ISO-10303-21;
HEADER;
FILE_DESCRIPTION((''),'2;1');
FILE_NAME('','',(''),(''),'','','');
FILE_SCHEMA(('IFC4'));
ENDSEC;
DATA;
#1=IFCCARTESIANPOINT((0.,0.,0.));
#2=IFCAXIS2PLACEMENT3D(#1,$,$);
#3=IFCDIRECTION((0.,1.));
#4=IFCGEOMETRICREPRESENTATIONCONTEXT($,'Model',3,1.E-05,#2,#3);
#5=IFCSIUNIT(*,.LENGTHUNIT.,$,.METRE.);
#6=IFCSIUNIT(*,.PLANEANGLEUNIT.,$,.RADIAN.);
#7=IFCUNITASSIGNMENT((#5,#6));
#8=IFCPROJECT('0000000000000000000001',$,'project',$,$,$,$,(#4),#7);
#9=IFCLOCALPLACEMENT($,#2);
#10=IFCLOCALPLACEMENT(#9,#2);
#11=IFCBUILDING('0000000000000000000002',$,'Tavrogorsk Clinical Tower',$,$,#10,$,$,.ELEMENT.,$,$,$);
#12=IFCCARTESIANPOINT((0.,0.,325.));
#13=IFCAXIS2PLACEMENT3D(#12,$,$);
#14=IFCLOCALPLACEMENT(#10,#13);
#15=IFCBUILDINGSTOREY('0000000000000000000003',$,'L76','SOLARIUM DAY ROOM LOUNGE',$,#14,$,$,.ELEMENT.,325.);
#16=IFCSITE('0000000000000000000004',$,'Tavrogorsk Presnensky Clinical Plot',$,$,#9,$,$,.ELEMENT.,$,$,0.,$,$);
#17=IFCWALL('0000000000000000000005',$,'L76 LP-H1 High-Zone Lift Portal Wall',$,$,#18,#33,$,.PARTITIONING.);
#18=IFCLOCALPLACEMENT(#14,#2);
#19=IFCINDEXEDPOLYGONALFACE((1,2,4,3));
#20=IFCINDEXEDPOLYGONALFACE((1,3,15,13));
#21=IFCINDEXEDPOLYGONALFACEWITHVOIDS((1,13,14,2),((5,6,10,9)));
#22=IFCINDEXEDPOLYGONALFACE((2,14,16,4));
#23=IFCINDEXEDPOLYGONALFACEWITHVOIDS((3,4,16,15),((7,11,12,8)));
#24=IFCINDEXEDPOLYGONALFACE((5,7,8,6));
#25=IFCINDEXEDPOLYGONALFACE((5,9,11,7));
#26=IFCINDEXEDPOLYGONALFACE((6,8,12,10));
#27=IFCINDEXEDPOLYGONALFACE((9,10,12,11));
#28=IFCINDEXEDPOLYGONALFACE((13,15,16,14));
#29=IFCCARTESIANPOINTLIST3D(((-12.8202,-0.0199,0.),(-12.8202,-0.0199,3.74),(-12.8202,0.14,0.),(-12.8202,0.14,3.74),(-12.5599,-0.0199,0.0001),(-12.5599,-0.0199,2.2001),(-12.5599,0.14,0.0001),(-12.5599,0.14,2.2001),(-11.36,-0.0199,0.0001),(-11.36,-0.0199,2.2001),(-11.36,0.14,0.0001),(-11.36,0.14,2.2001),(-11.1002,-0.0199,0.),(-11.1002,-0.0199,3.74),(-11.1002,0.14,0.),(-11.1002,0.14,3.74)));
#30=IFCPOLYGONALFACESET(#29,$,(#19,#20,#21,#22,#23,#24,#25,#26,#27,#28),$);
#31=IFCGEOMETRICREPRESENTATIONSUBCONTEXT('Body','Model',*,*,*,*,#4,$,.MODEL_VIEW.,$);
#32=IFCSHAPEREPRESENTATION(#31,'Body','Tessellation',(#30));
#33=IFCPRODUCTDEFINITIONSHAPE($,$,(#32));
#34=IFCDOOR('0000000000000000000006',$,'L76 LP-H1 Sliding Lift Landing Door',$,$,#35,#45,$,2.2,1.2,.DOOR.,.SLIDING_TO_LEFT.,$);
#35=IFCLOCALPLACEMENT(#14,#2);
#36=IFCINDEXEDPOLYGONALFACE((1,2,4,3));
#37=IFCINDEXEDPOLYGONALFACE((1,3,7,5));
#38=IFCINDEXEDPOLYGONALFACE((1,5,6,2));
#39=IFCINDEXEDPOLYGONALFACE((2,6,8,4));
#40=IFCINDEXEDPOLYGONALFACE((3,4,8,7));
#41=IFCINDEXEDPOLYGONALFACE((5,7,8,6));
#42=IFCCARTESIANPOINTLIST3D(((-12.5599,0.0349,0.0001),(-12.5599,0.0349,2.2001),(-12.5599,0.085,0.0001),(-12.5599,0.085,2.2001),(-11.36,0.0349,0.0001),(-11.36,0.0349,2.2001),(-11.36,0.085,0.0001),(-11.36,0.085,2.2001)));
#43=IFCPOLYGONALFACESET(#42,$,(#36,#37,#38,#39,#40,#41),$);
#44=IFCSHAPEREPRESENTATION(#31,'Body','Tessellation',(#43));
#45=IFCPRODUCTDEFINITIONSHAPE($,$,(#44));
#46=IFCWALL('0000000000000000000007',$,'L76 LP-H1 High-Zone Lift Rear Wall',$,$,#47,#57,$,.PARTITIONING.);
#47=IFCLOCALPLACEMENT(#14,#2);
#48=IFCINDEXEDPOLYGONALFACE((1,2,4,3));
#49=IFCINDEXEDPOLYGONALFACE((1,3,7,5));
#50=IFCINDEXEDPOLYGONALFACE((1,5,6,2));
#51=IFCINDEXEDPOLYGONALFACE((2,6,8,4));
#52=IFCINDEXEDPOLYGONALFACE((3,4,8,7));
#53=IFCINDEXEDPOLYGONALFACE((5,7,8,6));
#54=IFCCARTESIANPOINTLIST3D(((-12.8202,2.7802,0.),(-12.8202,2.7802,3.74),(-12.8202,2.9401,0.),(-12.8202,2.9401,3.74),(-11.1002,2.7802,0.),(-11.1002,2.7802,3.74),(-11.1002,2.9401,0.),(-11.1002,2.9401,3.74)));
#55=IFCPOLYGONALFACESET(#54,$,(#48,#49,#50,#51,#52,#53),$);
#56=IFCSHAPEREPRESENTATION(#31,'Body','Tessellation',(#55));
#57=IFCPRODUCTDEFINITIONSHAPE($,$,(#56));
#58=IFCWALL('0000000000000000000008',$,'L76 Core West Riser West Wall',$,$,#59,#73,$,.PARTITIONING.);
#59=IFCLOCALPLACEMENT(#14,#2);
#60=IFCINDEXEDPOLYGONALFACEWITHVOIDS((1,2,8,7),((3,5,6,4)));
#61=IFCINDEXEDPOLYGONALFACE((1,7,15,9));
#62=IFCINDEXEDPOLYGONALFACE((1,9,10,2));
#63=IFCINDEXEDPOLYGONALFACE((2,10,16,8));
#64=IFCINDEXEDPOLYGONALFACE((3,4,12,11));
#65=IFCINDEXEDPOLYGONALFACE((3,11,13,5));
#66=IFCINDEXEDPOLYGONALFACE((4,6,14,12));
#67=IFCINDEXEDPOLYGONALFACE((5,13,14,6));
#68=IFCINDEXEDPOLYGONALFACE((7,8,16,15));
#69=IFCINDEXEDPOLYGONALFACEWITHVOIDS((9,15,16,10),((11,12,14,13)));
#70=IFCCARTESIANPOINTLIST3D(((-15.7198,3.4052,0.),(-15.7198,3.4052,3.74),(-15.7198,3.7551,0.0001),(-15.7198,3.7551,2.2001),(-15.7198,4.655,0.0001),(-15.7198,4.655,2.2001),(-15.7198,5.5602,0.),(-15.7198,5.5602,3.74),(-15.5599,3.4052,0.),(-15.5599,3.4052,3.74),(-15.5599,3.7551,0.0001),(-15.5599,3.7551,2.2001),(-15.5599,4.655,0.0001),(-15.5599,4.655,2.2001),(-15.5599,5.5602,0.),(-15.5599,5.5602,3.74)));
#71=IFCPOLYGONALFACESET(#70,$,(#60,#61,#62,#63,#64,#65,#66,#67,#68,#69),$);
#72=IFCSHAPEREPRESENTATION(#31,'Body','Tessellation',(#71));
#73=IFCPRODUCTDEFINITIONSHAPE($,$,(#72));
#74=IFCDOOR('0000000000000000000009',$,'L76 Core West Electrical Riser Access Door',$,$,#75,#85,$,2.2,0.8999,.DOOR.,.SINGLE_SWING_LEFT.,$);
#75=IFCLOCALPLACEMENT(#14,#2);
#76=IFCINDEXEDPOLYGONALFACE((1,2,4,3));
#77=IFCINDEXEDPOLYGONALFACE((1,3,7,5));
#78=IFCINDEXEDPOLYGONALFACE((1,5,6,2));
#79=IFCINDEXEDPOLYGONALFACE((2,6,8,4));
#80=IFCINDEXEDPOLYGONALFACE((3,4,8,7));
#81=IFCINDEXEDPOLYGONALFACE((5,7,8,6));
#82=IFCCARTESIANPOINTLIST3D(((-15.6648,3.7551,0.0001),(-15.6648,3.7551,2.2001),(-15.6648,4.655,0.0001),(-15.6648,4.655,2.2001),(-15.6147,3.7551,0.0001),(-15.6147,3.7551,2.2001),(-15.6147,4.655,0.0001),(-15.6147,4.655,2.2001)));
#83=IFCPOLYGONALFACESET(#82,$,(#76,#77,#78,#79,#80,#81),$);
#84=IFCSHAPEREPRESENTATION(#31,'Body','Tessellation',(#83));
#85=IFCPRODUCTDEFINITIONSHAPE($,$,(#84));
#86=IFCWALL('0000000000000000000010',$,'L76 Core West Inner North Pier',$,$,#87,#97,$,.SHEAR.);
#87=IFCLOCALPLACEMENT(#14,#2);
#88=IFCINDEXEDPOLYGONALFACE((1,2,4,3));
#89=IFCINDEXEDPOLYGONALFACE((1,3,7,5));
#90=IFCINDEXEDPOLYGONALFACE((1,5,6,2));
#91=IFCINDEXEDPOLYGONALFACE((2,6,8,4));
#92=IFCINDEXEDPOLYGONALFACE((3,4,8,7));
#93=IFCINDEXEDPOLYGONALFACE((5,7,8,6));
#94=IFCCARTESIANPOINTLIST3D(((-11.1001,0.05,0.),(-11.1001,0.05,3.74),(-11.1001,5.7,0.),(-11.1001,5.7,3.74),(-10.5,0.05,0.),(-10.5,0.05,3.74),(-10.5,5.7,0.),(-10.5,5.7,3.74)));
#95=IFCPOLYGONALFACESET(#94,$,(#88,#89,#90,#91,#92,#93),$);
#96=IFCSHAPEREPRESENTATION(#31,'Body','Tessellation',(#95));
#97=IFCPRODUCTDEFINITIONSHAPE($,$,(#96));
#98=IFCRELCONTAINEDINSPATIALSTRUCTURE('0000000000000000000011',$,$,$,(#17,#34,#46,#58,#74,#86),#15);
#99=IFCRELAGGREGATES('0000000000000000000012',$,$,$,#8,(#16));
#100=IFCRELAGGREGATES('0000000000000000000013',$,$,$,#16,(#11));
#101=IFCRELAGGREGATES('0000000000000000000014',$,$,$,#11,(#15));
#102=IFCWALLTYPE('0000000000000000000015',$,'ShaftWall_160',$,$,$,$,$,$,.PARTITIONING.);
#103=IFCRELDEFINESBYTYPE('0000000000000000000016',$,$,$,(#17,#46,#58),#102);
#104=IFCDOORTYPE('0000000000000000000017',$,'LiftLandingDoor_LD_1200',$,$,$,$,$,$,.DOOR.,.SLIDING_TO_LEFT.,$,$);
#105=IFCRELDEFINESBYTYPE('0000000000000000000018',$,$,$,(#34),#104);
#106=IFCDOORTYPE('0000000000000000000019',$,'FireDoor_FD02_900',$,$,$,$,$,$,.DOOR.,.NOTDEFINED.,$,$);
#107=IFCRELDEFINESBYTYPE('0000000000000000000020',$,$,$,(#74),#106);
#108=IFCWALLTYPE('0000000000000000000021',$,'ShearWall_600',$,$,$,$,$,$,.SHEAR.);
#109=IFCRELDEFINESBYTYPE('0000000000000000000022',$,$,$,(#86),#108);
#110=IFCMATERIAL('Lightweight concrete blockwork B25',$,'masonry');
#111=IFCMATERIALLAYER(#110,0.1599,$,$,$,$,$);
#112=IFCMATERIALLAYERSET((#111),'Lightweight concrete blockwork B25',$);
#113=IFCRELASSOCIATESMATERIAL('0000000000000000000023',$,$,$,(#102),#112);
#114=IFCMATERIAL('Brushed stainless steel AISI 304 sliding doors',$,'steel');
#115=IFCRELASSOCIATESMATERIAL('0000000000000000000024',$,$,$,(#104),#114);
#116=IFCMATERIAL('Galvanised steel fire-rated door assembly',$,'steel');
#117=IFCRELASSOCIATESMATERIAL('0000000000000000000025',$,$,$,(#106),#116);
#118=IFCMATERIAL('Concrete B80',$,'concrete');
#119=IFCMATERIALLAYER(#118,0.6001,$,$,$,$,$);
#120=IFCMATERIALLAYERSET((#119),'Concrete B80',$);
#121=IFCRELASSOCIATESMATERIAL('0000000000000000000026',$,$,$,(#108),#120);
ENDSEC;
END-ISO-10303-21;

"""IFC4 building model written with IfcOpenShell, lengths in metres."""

from ifc_helpers import new_model, si_unit, direction, frame, frame_2d, origin, place, context, subcontext, project, spatial, rectangle, extrude, material, layer, layer_set, type_object, element, fill, save


model = new_model("IFC4")

# Units and contexts
model_context = context("Model", 3, precision=1e-05, world=origin(), true_north=direction((0.0, 1.0)))
body_context = subcontext(model_context, "Body", "Model", "MODEL_VIEW")
ifc_project = project(units=[si_unit("LENGTHUNIT", "METRE"), si_unit("PLANEANGLEUNIT", "RADIAN")], contexts=[model_context])

# Site, building, storey
site_placement = place(None, origin())
site = spatial("IfcSite", under=ifc_project, at=site_placement, Name="Tavrogorsk Presnensky Clinical Plot", CompositionType="ELEMENT", RefElevation=0.0)
building_placement = place(site_placement, origin())
building = spatial("IfcBuilding", under=site, at=building_placement, Name="Tavrogorsk Clinical Tower", CompositionType="ELEMENT")
storey_placement = place(building_placement, frame((0.0, 0.0, 325.0)))
storey = spatial("IfcBuildingStorey", under=building, at=storey_placement, Name="L76", Description="SOLARIUM DAY ROOM LOUNGE", CompositionType="ELEMENT", Elevation=325.0)

# Shared definitions
ifc_material_1 = material(Name="Lightweight concrete blockwork B25", Category="masonry")
ifc_layer_1 = layer(ifc_material_1, 0.1599)
ifc_layer_set_1 = layer_set([ifc_layer_1], Name="Lightweight concrete blockwork B25")
wall_type_1 = type_object("IfcWallType", Name="ShaftWall_160", PredefinedType="PARTITIONING", material=ifc_layer_set_1)
ifc_material_2 = material(Name="Brushed stainless steel AISI 304 sliding doors", Category="steel")
door_type_1 = type_object("IfcDoorType", Name="LiftLandingDoor_LD_1200", OperationType="SLIDING_TO_LEFT", PredefinedType="DOOR", material=ifc_material_2)

# Wall, opening, door
wall_1_placement = place(storey_placement, frame((-12.8201, 0.0601, 0.0), z_axis=(0.0, 0.0, 1.0), x_axis=(1.0, 0.0, 0.0)))
wall_1 = element("IfcWall", 1, at=wall_1_placement, inside=storey, type_object=wall_type_1, Name="L76 LP-H1 High-Zone Lift Portal Wall", PredefinedType="PARTITIONING", context=body_context, shape_type="SweptSolid", body=[
    extrude(rectangle(XDim=1.72, YDim=0.1599, at=frame_2d((0.8599, 0.0))), origin(), (0.0, 0.0, 1.0), 3.74),
])
opening_1_placement = place(wall_1_placement, frame((0.26, 0.0, 0.0)))
opening_1 = element("IfcOpeningElement", 2, at=opening_1_placement, cuts=wall_1, PredefinedType="OPENING", context=body_context, shape_type="SweptSolid", body=[
    extrude(rectangle(XDim=1.2, YDim=2.2, at=frame_2d((0.6001, 1.1001))), frame((0.0, 0.0898, 0.0), z_axis=(0.0, -1.0, 0.0), x_axis=(1.0, 0.0, 0.0)), (0.0, 0.0, 1.0), 0.1799),
])
door_1_placement = place(opening_1_placement, origin())
door_1 = element("IfcDoor", 3, at=door_1_placement, inside=storey, type_object=door_type_1, Name="L76 LP-H1 Sliding Lift Landing Door", OperationType="SLIDING_TO_LEFT", OverallHeight=2.2, OverallWidth=1.2, PredefinedType="DOOR", context=body_context, shape_type="SweptSolid", body=[
    extrude(rectangle(XDim=1.2, YDim=2.2, at=frame_2d((0.6001, 1.1001))), frame((0.0, 0.0249, 0.0), z_axis=(0.0, -1.0, 0.0), x_axis=(1.0, 0.0, 0.0)), (0.0, 0.0, 1.0), 0.05),
])
fill(opening_1, door_1)

# Wall
wall_2_placement = place(storey_placement, frame((-12.8201, 2.8601, 0.0), z_axis=(0.0, 0.0, 1.0), x_axis=(1.0, 0.0, 0.0)))
element("IfcWall", 4, at=wall_2_placement, inside=storey, type_object=wall_type_1, Name="L76 LP-H1 High-Zone Lift Rear Wall", PredefinedType="PARTITIONING", context=body_context, shape_type="SweptSolid", body=[
    extrude(rectangle(XDim=1.72, YDim=0.1599, at=frame_2d((0.8599, 0.0))), origin(), (0.0, 0.0, 1.0), 3.74),
])

# Wall, opening, door
wall_3_placement = place(storey_placement, frame((-15.6399, 3.405, 0.0), z_axis=(0.0, 0.0, 1.0), x_axis=(0.0, 1.0, 0.0)))
wall_3 = element("IfcWall", 5, at=wall_3_placement, inside=storey, type_object=wall_type_1, Name="L76 Core West Riser West Wall", PredefinedType="PARTITIONING", context=body_context, shape_type="SweptSolid", body=[
    extrude(rectangle(XDim=2.155, YDim=0.1599, at=frame_2d((1.0776, 0.0))), origin(), (0.0, 0.0, 1.0), 3.74),
])
opening_2_placement = place(wall_3_placement, frame((0.3501, 0.0, 0.0)))
opening_2 = element("IfcOpeningElement", 6, at=opening_2_placement, cuts=wall_3, PredefinedType="OPENING", context=body_context, shape_type="SweptSolid", body=[
    extrude(rectangle(XDim=0.8999, YDim=2.2, at=frame_2d((0.45, 1.1001))), frame((0.0, 0.0898, 0.0), z_axis=(0.0, -1.0, 0.0), x_axis=(1.0, 0.0, 0.0)), (0.0, 0.0, 1.0), 0.1799),
])
ifc_material_3 = material(Name="Galvanised steel fire-rated door assembly", Category="steel")
door_type_2 = type_object("IfcDoorType", Name="FireDoor_FD02_900", OperationType="NOTDEFINED", PredefinedType="DOOR", material=ifc_material_3)
door_2_placement = place(opening_2_placement, origin())
door_2 = element("IfcDoor", 7, at=door_2_placement, inside=storey, type_object=door_type_2, Name="L76 Core West Electrical Riser Access Door", OperationType="SINGLE_SWING_LEFT", OverallHeight=2.2, OverallWidth=0.8999, PredefinedType="DOOR", context=body_context, shape_type="SweptSolid", body=[
    extrude(rectangle(XDim=0.8999, YDim=2.2, at=frame_2d((0.45, 1.1001))), frame((0.0, 0.0249, 0.0), z_axis=(0.0, -1.0, 0.0), x_axis=(1.0, 0.0, 0.0)), (0.0, 0.0, 1.0), 0.05),
])
fill(opening_2, door_2)

# Wall
ifc_material_4 = material(Name="Concrete B80", Category="concrete")
ifc_layer_2 = layer(ifc_material_4, 0.6001)
ifc_layer_set_2 = layer_set([ifc_layer_2], Name="Concrete B80")
wall_type_2 = type_object("IfcWallType", Name="ShearWall_600", PredefinedType="SHEAR", material=ifc_layer_set_2)
wall_4_placement = place(storey_placement, frame((-10.8, 0.05, 0.0), z_axis=(0.0, 0.0, 1.0), x_axis=(0.0, 1.0, 0.0)))
element("IfcWall", 8, at=wall_4_placement, inside=storey, type_object=wall_type_2, Name="L76 Core West Inner North Pier", PredefinedType="SHEAR", context=body_context, shape_type="SweptSolid", body=[
    extrude(rectangle(XDim=5.6499, YDim=0.6001, at=frame_2d((2.825, 0.0))), origin(), (0.0, 0.0, 1.0), 3.74),
])

save(model, "model.ifc")
